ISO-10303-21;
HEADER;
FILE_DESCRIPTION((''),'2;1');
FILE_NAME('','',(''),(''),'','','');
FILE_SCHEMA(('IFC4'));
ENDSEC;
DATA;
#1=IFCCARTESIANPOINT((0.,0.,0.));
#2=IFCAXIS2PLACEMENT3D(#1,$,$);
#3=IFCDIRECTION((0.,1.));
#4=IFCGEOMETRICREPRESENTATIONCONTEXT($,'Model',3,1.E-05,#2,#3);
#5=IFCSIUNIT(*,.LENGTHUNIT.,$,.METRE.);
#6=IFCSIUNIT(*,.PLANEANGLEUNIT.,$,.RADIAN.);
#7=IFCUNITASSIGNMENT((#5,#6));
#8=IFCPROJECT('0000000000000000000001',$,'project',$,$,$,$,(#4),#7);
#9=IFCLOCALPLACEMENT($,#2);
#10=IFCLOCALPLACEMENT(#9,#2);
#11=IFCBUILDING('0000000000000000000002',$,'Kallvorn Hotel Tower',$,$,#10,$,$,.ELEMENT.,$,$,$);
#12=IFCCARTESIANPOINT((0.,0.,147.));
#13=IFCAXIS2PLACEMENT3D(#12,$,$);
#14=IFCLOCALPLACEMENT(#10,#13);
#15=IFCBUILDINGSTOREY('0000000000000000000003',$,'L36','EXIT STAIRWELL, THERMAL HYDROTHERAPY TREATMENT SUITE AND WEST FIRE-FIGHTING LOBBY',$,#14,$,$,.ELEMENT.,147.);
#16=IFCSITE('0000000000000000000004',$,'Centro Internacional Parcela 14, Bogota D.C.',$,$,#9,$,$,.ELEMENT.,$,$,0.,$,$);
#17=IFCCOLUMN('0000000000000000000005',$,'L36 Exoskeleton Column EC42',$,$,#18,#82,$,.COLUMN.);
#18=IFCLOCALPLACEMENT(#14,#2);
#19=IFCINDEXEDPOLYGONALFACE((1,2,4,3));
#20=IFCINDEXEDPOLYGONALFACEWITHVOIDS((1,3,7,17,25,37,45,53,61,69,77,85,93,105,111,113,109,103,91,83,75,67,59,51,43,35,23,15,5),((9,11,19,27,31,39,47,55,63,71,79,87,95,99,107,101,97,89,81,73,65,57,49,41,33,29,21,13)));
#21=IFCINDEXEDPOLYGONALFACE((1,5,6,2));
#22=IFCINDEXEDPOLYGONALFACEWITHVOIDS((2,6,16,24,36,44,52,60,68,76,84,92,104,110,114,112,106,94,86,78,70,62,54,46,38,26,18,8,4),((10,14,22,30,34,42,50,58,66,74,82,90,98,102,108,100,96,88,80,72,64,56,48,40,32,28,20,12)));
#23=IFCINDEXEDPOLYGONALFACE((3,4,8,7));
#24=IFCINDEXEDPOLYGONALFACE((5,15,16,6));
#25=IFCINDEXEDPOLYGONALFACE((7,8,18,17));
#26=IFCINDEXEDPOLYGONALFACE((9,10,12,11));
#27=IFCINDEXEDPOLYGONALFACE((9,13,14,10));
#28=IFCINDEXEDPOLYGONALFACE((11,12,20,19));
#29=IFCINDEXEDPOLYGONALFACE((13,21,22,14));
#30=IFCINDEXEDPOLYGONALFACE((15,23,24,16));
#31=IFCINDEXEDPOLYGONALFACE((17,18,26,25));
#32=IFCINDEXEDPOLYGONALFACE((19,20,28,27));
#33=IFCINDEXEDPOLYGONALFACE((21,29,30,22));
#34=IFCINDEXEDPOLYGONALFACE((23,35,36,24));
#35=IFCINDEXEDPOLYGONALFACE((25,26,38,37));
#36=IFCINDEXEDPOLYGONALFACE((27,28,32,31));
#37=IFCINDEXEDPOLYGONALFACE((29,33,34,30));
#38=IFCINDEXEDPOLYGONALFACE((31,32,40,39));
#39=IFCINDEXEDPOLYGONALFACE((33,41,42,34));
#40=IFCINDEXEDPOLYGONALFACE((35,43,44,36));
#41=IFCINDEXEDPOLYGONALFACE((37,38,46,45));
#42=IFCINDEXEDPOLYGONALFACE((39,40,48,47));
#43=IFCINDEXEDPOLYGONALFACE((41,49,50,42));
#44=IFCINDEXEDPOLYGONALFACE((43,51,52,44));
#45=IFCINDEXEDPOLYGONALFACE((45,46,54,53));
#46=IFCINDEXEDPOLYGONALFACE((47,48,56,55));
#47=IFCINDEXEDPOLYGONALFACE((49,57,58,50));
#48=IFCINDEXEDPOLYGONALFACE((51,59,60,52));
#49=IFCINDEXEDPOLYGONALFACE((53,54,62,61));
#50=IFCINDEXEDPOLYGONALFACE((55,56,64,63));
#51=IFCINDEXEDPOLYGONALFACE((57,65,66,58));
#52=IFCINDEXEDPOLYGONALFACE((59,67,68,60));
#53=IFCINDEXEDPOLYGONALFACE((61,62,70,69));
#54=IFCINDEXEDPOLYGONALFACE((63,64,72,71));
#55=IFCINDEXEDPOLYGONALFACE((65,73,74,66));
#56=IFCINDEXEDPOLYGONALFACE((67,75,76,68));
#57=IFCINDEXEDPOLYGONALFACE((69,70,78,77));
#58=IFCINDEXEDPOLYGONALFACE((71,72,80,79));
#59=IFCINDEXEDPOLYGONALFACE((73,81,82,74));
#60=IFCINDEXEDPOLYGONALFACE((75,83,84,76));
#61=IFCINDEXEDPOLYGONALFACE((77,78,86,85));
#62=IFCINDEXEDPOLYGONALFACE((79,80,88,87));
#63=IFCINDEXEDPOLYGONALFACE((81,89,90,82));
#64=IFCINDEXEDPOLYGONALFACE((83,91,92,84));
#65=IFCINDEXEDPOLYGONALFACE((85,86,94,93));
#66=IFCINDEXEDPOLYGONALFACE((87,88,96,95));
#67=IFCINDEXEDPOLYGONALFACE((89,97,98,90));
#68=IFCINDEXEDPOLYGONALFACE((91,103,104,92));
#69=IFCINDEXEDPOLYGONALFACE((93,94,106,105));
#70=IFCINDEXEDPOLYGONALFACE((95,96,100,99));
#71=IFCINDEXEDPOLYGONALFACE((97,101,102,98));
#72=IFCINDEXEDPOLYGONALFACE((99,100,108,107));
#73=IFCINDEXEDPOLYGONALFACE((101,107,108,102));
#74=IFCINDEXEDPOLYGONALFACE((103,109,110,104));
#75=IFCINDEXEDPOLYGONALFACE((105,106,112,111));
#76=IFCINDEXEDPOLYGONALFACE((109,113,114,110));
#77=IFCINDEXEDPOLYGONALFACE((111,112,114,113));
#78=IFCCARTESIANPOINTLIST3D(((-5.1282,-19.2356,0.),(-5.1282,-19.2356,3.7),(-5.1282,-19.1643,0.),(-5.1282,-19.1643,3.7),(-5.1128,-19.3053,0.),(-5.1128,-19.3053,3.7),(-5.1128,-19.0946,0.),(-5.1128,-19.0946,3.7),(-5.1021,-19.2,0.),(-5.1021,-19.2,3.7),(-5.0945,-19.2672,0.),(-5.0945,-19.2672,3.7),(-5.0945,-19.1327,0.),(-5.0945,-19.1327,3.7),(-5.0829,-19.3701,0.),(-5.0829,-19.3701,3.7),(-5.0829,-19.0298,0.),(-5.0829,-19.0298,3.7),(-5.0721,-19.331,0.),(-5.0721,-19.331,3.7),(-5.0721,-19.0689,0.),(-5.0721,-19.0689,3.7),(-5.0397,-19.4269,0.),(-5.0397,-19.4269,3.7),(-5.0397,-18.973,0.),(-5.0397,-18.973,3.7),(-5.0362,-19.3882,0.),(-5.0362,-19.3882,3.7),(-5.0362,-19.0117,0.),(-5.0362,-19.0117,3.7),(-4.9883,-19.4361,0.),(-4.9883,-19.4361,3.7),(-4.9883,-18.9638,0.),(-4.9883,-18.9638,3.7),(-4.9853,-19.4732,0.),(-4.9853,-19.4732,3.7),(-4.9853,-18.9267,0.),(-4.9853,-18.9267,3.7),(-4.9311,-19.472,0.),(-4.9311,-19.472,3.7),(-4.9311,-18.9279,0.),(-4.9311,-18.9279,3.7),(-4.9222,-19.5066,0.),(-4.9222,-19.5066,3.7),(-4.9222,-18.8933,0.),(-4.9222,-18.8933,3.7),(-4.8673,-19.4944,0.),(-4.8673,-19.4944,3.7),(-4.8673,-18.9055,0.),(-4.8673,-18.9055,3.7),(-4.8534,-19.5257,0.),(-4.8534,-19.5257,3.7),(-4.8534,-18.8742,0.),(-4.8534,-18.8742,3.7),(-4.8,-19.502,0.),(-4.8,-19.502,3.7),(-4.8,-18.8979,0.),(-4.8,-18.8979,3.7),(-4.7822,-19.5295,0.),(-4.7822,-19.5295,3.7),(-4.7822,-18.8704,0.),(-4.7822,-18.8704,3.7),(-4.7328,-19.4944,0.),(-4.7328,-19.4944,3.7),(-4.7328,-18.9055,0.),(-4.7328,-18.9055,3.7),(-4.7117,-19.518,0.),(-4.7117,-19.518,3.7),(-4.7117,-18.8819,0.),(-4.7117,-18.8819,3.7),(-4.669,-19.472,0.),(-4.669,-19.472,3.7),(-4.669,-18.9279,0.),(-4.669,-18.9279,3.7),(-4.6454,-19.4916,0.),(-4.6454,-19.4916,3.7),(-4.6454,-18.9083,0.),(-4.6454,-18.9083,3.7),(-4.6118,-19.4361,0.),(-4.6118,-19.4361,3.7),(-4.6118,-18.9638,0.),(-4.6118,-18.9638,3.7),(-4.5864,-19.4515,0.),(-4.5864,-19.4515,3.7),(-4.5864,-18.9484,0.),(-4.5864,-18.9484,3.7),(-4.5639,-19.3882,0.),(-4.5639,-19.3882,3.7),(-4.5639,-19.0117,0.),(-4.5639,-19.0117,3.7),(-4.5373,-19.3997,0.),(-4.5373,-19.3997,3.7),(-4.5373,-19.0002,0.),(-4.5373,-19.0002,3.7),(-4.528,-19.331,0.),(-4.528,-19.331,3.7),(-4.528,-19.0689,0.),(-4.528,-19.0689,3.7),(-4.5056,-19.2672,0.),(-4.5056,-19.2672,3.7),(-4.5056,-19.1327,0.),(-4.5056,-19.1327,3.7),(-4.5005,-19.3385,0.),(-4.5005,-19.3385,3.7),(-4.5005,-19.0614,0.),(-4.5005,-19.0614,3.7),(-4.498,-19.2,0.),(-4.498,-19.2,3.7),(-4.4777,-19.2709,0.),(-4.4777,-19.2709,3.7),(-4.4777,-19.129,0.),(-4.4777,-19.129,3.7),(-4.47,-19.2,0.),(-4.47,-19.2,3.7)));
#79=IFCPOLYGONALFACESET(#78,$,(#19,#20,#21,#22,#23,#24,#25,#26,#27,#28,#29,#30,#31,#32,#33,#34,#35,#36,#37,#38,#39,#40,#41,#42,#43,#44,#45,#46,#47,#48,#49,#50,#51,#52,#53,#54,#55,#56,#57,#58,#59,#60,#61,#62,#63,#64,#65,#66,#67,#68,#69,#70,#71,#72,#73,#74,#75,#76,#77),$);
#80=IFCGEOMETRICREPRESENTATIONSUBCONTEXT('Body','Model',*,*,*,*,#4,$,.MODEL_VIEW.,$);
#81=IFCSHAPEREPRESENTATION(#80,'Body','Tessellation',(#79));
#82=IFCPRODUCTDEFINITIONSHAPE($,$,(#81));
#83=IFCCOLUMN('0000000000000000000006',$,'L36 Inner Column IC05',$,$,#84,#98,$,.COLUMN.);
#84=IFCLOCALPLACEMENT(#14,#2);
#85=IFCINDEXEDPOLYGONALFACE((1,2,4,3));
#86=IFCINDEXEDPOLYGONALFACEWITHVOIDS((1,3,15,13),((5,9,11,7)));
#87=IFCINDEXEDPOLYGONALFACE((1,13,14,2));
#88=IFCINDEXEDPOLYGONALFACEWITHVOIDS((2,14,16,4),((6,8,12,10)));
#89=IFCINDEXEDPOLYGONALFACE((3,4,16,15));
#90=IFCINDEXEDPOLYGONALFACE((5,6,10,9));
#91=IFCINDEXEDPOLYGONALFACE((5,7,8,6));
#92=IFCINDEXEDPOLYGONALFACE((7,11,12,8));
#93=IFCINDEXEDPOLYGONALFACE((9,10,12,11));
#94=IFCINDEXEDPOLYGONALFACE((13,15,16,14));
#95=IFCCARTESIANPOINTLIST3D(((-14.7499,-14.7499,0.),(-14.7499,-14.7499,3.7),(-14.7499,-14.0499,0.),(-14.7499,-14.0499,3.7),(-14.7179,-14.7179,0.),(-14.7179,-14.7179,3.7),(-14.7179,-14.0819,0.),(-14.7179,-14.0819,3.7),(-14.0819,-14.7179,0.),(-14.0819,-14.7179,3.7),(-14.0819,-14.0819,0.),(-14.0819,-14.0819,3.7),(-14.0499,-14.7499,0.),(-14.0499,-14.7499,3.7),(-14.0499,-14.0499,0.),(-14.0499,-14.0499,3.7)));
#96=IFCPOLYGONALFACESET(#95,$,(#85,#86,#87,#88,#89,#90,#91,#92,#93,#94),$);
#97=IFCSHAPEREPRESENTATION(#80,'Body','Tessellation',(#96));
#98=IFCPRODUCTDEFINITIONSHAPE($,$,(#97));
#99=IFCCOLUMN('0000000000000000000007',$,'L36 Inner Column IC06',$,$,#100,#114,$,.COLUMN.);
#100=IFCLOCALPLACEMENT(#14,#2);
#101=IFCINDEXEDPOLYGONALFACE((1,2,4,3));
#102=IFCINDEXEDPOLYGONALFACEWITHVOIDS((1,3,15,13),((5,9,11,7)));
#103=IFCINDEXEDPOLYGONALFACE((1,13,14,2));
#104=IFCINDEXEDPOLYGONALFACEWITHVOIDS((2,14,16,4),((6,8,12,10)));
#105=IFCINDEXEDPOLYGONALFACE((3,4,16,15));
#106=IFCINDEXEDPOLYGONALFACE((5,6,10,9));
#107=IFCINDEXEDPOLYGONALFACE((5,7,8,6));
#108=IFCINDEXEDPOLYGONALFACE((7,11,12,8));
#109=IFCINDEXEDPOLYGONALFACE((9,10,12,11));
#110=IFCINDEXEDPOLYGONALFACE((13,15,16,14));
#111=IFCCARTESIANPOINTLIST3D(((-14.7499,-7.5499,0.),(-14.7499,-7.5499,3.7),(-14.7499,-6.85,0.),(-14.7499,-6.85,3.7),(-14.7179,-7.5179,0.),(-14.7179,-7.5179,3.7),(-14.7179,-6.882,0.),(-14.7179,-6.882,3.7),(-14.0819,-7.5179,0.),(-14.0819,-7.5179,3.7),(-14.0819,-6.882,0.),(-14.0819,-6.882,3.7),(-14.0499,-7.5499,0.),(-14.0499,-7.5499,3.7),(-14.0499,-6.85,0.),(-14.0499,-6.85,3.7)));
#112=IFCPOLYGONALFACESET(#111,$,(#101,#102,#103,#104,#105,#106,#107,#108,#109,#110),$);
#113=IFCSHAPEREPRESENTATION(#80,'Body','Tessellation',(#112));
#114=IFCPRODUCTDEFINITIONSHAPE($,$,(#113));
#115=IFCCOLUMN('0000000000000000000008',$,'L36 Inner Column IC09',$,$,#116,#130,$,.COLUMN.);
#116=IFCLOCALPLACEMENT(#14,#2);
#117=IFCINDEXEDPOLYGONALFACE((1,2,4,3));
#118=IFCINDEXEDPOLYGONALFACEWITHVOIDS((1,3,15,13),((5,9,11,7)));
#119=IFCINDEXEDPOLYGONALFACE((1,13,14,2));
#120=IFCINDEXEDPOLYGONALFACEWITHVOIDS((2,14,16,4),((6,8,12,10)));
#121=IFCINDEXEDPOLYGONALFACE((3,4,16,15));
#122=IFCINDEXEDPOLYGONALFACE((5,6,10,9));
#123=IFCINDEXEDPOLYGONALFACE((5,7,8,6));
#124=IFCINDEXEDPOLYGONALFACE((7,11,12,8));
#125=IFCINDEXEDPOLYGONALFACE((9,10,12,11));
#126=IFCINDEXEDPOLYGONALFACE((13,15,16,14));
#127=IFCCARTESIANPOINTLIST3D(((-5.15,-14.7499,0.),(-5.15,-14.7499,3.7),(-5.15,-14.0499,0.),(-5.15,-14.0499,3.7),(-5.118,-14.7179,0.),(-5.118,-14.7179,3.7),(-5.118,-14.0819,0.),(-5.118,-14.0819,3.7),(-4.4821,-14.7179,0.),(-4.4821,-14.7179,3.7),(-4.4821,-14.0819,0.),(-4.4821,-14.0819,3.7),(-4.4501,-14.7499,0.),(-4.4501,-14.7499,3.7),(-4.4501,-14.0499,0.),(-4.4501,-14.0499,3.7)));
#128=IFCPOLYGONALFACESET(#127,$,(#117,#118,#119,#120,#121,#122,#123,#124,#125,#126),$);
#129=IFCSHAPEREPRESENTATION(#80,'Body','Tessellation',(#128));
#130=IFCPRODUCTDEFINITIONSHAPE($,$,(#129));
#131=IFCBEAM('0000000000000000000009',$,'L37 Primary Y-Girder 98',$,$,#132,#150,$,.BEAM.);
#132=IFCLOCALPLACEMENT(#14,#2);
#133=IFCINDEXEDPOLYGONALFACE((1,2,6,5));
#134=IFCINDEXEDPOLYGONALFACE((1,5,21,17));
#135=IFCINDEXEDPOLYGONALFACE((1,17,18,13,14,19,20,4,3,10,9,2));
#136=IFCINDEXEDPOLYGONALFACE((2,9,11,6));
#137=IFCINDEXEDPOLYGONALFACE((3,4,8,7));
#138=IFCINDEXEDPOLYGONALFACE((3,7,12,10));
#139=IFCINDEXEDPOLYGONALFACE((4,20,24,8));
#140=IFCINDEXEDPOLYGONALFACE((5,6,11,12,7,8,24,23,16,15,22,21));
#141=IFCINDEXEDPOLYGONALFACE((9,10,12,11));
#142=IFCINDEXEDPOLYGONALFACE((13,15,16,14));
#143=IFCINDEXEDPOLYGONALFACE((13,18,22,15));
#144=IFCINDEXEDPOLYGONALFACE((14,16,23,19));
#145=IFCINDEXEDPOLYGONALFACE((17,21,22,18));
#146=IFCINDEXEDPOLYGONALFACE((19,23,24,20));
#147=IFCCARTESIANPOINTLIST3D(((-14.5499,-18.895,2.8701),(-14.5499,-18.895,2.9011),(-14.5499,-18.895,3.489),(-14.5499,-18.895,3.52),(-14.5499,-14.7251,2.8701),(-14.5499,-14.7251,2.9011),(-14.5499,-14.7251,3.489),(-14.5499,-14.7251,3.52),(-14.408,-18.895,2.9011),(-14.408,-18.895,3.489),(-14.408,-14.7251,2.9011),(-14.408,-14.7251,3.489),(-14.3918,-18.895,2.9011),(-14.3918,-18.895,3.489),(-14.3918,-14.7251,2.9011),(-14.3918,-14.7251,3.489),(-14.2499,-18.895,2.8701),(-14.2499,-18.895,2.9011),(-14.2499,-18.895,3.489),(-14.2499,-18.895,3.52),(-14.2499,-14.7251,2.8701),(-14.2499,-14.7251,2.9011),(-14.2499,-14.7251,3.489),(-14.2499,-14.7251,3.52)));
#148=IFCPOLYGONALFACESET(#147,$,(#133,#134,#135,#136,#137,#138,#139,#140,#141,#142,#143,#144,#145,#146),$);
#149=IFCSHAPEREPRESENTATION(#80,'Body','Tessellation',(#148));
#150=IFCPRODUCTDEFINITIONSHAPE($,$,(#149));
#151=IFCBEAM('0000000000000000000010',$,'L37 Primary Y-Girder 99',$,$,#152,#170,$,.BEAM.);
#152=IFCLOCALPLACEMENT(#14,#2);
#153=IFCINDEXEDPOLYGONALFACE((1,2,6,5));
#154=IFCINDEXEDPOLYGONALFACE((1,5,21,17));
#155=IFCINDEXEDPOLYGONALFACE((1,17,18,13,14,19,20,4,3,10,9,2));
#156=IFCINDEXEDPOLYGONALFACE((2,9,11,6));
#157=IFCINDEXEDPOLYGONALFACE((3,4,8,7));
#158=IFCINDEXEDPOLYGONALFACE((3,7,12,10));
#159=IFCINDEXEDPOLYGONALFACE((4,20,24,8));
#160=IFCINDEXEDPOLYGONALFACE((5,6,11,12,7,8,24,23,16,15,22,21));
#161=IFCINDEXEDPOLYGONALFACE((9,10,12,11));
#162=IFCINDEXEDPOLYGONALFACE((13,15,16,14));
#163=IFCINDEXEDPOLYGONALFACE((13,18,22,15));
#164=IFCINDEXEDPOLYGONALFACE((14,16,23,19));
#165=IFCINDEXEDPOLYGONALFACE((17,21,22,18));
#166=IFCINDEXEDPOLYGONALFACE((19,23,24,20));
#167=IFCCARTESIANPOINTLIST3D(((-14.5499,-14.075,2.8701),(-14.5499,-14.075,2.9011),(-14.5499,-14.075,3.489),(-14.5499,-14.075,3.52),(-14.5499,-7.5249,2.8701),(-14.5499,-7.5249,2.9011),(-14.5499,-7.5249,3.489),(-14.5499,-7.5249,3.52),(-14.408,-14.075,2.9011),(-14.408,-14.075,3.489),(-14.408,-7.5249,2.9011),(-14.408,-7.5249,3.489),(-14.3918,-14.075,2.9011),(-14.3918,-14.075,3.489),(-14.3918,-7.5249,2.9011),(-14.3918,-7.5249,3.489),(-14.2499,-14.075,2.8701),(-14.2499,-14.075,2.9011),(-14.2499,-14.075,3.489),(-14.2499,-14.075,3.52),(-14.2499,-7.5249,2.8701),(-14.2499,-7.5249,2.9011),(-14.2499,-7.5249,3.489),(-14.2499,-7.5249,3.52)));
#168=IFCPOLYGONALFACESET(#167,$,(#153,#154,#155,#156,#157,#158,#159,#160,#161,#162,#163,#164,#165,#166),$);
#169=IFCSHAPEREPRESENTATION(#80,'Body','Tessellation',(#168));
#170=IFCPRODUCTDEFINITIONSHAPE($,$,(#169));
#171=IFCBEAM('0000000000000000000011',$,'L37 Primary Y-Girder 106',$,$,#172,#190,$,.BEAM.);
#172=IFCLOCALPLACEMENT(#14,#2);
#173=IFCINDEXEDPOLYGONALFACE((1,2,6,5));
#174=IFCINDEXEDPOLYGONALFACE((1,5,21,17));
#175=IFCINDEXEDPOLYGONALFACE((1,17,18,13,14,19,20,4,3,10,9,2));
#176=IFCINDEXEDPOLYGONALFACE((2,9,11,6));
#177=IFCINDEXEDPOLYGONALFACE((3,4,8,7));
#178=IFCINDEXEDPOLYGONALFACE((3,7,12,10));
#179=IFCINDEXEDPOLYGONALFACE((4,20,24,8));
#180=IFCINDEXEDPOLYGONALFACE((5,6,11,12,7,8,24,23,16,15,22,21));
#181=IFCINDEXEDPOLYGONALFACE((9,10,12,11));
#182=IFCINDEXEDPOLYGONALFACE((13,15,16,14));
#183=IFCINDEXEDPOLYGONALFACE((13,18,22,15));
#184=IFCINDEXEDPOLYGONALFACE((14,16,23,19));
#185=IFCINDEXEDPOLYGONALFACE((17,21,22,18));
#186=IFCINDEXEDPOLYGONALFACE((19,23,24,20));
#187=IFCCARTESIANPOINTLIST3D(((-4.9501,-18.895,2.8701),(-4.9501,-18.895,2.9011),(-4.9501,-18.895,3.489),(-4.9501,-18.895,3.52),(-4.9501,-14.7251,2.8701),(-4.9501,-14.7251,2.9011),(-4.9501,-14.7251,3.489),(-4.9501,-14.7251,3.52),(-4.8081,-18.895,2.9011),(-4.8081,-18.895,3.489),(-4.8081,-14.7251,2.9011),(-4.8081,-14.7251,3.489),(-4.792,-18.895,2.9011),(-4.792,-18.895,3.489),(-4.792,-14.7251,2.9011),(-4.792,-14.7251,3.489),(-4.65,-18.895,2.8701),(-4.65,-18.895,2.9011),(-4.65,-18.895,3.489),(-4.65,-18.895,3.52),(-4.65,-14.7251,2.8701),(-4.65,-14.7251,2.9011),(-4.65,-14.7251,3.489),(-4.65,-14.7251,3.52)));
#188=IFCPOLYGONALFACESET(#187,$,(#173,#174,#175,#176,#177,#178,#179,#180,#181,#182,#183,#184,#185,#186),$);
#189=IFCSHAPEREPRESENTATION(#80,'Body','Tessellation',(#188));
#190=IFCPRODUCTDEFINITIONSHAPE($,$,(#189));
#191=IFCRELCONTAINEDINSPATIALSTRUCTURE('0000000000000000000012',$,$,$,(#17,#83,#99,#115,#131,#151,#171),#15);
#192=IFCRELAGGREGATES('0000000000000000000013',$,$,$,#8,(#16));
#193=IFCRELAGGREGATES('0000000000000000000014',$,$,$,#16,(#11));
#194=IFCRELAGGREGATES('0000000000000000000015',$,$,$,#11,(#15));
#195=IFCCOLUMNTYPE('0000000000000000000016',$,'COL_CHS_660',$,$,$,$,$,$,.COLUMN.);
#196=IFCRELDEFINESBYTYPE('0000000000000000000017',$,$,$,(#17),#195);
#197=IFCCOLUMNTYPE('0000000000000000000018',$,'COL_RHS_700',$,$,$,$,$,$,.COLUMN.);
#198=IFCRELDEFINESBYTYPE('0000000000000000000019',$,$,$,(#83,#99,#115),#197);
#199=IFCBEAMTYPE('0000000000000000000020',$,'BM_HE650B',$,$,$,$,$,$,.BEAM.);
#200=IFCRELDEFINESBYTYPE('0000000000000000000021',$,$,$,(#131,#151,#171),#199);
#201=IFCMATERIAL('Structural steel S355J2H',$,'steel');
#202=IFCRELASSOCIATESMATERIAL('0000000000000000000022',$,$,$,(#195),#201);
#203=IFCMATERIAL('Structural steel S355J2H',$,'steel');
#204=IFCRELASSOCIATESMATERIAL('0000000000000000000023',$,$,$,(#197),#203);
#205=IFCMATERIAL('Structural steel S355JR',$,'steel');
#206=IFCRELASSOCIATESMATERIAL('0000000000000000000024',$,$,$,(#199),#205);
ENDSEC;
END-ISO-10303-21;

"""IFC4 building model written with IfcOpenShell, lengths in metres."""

from ifc_helpers import new_model, si_unit, direction, frame, origin, origin_2d, place, context, subcontext, project, spatial, hollow_rectangle, hollow_circle, i_section, extrude, material, material_profile, profile_set, type_object, element, save


model = new_model("IFC4")

# Units and contexts
model_context = context("Model", 3, precision=1e-05, world=origin(), true_north=direction((0.0, 1.0)))
body_context = subcontext(model_context, "Body", "Model", "MODEL_VIEW")
ifc_project = project(units=[si_unit("LENGTHUNIT", "METRE"), si_unit("PLANEANGLEUNIT", "RADIAN")], contexts=[model_context])

# Site, building, storey
site_placement = place(None, origin())
site = spatial("IfcSite", under=ifc_project, at=site_placement, Name="Centro Internacional Parcela 14, Bogota D.C.", CompositionType="ELEMENT", RefElevation=0.0)
building_placement = place(site_placement, origin())
building = spatial("IfcBuilding", under=site, at=building_placement, Name="Kallvorn Hotel Tower", CompositionType="ELEMENT")
storey_placement = place(building_placement, frame((0.0, 0.0, 147.0)))
storey = spatial("IfcBuildingStorey", under=building, at=storey_placement, Name="L36", Description="EXIT STAIRWELL, THERMAL HYDROTHERAPY TREATMENT SUITE AND WEST FIRE-FIGHTING LOBBY", CompositionType="ELEMENT", Elevation=147.0)

# Columns
ifc_material_1 = material(Name="Structural steel S355J2H", Category="steel")
ifc_material_profile_1 = material_profile(ifc_material_1, hollow_circle(Radius=0.3301, WallThickness=0.0281, at=origin_2d()), Name="CHS 660x28")
ifc_profile_set_1 = profile_set([ifc_material_profile_1], Name="Structural steel S355J2H")
column_type_1 = type_object("IfcColumnType", Name="COL_CHS_660", PredefinedType="COLUMN", material=ifc_profile_set_1)
for number, where, z_axis, x_axis, name in (
    (1, (-4.8, -19.2, 0.0), (0.0, 0.0, 1.0), (1.0, 0.0, 0.0), "L36 Exoskeleton Column EC42"),
):
    element("IfcColumn", number, at=place(storey_placement, frame(where, z_axis=z_axis, x_axis=x_axis)), inside=storey, type_object=column_type_1, Name=name, PredefinedType="COLUMN", context=body_context, shape_type="SweptSolid", body=[
        extrude(hollow_circle(Radius=0.3301, WallThickness=0.0281, at=origin_2d()), origin(), (0.0, 0.0, 1.0), 3.7),
    ])
ifc_material_2 = material(Name="Structural steel S355J2H", Category="steel")
ifc_material_profile_2 = material_profile(ifc_material_2, hollow_rectangle(XDim=0.7, YDim=0.7, WallThickness=0.032, at=origin_2d()), Name="RHS 700x700x32")
ifc_profile_set_2 = profile_set([ifc_material_profile_2], Name="Structural steel S355J2H")
column_type_2 = type_object("IfcColumnType", Name="COL_RHS_700", PredefinedType="COLUMN", material=ifc_profile_set_2)
for number, where, z_axis, x_axis, name in (
    (2, (-14.3999, -14.3999, 0.0), (0.0, 0.0, 1.0), (1.0, 0.0, 0.0), "L36 Inner Column IC05"),
    (3, (-14.3999, -7.2, 0.0), (0.0, 0.0, 1.0), (1.0, 0.0, 0.0), "L36 Inner Column IC06"),
    (4, (-4.8, -14.3999, 0.0), (0.0, 0.0, 1.0), (1.0, 0.0, 0.0), "L36 Inner Column IC09"),
):
    element("IfcColumn", number, at=place(storey_placement, frame(where, z_axis=z_axis, x_axis=x_axis)), inside=storey, type_object=column_type_2, Name=name, PredefinedType="COLUMN", context=body_context, shape_type="SweptSolid", body=[
        extrude(hollow_rectangle(XDim=0.7, YDim=0.7, WallThickness=0.032, at=origin_2d()), origin(), (0.0, 0.0, 1.0), 3.7),
    ])

# Beams
ifc_material_3 = material(Name="Structural steel S355JR", Category="steel")
ifc_material_profile_3 = material_profile(ifc_material_3, i_section(OverallWidth=0.3, OverallDepth=0.6499, WebThickness=0.0161, FlangeThickness=0.031, at=origin_2d()), Name="HE 650 B")
ifc_profile_set_3 = profile_set([ifc_material_profile_3], Name="Structural steel S355JR")
beam_type_1 = type_object("IfcBeamType", Name="BM_HE650B", PredefinedType="BEAM", material=ifc_profile_set_3)
beam_1_placement = place(storey_placement, frame((-14.3999, -18.895, 3.1951), z_axis=(0.0, 1.0, 0.0), x_axis=(-1.0, 0.0, 0.0)))
element("IfcBeam", 5, at=beam_1_placement, inside=storey, type_object=beam_type_1, Name="L37 Primary Y-Girder 98", PredefinedType="BEAM", context=body_context, shape_type="SweptSolid", body=[
    extrude(i_section(OverallWidth=0.3, OverallDepth=0.6499, WebThickness=0.0161, FlangeThickness=0.031, at=origin_2d()), origin(), (0.0, 0.0, 1.0), 4.1699),
])
beam_2_placement = place(storey_placement, frame((-14.3999, -14.075, 3.1951), z_axis=(0.0, 1.0, 0.0), x_axis=(-1.0, 0.0, 0.0)))
element("IfcBeam", 6, at=beam_2_placement, inside=storey, type_object=beam_type_1, Name="L37 Primary Y-Girder 99", PredefinedType="BEAM", context=body_context, shape_type="SweptSolid", body=[
    extrude(i_section(OverallWidth=0.3, OverallDepth=0.6499, WebThickness=0.0161, FlangeThickness=0.031, at=origin_2d()), origin(), (0.0, 0.0, 1.0), 6.55),
])
beam_3_placement = place(storey_placement, frame((-4.8, -18.895, 3.1951), z_axis=(0.0, 1.0, 0.0), x_axis=(-1.0, 0.0, 0.0)))
element("IfcBeam", 7, at=beam_3_placement, inside=storey, type_object=beam_type_1, Name="L37 Primary Y-Girder 106", PredefinedType="BEAM", context=body_context, shape_type="SweptSolid", body=[
    extrude(i_section(OverallWidth=0.3, OverallDepth=0.6499, WebThickness=0.0161, FlangeThickness=0.031, at=origin_2d()), origin(), (0.0, 0.0, 1.0), 4.1699),
])

save(model, "model.ifc")
